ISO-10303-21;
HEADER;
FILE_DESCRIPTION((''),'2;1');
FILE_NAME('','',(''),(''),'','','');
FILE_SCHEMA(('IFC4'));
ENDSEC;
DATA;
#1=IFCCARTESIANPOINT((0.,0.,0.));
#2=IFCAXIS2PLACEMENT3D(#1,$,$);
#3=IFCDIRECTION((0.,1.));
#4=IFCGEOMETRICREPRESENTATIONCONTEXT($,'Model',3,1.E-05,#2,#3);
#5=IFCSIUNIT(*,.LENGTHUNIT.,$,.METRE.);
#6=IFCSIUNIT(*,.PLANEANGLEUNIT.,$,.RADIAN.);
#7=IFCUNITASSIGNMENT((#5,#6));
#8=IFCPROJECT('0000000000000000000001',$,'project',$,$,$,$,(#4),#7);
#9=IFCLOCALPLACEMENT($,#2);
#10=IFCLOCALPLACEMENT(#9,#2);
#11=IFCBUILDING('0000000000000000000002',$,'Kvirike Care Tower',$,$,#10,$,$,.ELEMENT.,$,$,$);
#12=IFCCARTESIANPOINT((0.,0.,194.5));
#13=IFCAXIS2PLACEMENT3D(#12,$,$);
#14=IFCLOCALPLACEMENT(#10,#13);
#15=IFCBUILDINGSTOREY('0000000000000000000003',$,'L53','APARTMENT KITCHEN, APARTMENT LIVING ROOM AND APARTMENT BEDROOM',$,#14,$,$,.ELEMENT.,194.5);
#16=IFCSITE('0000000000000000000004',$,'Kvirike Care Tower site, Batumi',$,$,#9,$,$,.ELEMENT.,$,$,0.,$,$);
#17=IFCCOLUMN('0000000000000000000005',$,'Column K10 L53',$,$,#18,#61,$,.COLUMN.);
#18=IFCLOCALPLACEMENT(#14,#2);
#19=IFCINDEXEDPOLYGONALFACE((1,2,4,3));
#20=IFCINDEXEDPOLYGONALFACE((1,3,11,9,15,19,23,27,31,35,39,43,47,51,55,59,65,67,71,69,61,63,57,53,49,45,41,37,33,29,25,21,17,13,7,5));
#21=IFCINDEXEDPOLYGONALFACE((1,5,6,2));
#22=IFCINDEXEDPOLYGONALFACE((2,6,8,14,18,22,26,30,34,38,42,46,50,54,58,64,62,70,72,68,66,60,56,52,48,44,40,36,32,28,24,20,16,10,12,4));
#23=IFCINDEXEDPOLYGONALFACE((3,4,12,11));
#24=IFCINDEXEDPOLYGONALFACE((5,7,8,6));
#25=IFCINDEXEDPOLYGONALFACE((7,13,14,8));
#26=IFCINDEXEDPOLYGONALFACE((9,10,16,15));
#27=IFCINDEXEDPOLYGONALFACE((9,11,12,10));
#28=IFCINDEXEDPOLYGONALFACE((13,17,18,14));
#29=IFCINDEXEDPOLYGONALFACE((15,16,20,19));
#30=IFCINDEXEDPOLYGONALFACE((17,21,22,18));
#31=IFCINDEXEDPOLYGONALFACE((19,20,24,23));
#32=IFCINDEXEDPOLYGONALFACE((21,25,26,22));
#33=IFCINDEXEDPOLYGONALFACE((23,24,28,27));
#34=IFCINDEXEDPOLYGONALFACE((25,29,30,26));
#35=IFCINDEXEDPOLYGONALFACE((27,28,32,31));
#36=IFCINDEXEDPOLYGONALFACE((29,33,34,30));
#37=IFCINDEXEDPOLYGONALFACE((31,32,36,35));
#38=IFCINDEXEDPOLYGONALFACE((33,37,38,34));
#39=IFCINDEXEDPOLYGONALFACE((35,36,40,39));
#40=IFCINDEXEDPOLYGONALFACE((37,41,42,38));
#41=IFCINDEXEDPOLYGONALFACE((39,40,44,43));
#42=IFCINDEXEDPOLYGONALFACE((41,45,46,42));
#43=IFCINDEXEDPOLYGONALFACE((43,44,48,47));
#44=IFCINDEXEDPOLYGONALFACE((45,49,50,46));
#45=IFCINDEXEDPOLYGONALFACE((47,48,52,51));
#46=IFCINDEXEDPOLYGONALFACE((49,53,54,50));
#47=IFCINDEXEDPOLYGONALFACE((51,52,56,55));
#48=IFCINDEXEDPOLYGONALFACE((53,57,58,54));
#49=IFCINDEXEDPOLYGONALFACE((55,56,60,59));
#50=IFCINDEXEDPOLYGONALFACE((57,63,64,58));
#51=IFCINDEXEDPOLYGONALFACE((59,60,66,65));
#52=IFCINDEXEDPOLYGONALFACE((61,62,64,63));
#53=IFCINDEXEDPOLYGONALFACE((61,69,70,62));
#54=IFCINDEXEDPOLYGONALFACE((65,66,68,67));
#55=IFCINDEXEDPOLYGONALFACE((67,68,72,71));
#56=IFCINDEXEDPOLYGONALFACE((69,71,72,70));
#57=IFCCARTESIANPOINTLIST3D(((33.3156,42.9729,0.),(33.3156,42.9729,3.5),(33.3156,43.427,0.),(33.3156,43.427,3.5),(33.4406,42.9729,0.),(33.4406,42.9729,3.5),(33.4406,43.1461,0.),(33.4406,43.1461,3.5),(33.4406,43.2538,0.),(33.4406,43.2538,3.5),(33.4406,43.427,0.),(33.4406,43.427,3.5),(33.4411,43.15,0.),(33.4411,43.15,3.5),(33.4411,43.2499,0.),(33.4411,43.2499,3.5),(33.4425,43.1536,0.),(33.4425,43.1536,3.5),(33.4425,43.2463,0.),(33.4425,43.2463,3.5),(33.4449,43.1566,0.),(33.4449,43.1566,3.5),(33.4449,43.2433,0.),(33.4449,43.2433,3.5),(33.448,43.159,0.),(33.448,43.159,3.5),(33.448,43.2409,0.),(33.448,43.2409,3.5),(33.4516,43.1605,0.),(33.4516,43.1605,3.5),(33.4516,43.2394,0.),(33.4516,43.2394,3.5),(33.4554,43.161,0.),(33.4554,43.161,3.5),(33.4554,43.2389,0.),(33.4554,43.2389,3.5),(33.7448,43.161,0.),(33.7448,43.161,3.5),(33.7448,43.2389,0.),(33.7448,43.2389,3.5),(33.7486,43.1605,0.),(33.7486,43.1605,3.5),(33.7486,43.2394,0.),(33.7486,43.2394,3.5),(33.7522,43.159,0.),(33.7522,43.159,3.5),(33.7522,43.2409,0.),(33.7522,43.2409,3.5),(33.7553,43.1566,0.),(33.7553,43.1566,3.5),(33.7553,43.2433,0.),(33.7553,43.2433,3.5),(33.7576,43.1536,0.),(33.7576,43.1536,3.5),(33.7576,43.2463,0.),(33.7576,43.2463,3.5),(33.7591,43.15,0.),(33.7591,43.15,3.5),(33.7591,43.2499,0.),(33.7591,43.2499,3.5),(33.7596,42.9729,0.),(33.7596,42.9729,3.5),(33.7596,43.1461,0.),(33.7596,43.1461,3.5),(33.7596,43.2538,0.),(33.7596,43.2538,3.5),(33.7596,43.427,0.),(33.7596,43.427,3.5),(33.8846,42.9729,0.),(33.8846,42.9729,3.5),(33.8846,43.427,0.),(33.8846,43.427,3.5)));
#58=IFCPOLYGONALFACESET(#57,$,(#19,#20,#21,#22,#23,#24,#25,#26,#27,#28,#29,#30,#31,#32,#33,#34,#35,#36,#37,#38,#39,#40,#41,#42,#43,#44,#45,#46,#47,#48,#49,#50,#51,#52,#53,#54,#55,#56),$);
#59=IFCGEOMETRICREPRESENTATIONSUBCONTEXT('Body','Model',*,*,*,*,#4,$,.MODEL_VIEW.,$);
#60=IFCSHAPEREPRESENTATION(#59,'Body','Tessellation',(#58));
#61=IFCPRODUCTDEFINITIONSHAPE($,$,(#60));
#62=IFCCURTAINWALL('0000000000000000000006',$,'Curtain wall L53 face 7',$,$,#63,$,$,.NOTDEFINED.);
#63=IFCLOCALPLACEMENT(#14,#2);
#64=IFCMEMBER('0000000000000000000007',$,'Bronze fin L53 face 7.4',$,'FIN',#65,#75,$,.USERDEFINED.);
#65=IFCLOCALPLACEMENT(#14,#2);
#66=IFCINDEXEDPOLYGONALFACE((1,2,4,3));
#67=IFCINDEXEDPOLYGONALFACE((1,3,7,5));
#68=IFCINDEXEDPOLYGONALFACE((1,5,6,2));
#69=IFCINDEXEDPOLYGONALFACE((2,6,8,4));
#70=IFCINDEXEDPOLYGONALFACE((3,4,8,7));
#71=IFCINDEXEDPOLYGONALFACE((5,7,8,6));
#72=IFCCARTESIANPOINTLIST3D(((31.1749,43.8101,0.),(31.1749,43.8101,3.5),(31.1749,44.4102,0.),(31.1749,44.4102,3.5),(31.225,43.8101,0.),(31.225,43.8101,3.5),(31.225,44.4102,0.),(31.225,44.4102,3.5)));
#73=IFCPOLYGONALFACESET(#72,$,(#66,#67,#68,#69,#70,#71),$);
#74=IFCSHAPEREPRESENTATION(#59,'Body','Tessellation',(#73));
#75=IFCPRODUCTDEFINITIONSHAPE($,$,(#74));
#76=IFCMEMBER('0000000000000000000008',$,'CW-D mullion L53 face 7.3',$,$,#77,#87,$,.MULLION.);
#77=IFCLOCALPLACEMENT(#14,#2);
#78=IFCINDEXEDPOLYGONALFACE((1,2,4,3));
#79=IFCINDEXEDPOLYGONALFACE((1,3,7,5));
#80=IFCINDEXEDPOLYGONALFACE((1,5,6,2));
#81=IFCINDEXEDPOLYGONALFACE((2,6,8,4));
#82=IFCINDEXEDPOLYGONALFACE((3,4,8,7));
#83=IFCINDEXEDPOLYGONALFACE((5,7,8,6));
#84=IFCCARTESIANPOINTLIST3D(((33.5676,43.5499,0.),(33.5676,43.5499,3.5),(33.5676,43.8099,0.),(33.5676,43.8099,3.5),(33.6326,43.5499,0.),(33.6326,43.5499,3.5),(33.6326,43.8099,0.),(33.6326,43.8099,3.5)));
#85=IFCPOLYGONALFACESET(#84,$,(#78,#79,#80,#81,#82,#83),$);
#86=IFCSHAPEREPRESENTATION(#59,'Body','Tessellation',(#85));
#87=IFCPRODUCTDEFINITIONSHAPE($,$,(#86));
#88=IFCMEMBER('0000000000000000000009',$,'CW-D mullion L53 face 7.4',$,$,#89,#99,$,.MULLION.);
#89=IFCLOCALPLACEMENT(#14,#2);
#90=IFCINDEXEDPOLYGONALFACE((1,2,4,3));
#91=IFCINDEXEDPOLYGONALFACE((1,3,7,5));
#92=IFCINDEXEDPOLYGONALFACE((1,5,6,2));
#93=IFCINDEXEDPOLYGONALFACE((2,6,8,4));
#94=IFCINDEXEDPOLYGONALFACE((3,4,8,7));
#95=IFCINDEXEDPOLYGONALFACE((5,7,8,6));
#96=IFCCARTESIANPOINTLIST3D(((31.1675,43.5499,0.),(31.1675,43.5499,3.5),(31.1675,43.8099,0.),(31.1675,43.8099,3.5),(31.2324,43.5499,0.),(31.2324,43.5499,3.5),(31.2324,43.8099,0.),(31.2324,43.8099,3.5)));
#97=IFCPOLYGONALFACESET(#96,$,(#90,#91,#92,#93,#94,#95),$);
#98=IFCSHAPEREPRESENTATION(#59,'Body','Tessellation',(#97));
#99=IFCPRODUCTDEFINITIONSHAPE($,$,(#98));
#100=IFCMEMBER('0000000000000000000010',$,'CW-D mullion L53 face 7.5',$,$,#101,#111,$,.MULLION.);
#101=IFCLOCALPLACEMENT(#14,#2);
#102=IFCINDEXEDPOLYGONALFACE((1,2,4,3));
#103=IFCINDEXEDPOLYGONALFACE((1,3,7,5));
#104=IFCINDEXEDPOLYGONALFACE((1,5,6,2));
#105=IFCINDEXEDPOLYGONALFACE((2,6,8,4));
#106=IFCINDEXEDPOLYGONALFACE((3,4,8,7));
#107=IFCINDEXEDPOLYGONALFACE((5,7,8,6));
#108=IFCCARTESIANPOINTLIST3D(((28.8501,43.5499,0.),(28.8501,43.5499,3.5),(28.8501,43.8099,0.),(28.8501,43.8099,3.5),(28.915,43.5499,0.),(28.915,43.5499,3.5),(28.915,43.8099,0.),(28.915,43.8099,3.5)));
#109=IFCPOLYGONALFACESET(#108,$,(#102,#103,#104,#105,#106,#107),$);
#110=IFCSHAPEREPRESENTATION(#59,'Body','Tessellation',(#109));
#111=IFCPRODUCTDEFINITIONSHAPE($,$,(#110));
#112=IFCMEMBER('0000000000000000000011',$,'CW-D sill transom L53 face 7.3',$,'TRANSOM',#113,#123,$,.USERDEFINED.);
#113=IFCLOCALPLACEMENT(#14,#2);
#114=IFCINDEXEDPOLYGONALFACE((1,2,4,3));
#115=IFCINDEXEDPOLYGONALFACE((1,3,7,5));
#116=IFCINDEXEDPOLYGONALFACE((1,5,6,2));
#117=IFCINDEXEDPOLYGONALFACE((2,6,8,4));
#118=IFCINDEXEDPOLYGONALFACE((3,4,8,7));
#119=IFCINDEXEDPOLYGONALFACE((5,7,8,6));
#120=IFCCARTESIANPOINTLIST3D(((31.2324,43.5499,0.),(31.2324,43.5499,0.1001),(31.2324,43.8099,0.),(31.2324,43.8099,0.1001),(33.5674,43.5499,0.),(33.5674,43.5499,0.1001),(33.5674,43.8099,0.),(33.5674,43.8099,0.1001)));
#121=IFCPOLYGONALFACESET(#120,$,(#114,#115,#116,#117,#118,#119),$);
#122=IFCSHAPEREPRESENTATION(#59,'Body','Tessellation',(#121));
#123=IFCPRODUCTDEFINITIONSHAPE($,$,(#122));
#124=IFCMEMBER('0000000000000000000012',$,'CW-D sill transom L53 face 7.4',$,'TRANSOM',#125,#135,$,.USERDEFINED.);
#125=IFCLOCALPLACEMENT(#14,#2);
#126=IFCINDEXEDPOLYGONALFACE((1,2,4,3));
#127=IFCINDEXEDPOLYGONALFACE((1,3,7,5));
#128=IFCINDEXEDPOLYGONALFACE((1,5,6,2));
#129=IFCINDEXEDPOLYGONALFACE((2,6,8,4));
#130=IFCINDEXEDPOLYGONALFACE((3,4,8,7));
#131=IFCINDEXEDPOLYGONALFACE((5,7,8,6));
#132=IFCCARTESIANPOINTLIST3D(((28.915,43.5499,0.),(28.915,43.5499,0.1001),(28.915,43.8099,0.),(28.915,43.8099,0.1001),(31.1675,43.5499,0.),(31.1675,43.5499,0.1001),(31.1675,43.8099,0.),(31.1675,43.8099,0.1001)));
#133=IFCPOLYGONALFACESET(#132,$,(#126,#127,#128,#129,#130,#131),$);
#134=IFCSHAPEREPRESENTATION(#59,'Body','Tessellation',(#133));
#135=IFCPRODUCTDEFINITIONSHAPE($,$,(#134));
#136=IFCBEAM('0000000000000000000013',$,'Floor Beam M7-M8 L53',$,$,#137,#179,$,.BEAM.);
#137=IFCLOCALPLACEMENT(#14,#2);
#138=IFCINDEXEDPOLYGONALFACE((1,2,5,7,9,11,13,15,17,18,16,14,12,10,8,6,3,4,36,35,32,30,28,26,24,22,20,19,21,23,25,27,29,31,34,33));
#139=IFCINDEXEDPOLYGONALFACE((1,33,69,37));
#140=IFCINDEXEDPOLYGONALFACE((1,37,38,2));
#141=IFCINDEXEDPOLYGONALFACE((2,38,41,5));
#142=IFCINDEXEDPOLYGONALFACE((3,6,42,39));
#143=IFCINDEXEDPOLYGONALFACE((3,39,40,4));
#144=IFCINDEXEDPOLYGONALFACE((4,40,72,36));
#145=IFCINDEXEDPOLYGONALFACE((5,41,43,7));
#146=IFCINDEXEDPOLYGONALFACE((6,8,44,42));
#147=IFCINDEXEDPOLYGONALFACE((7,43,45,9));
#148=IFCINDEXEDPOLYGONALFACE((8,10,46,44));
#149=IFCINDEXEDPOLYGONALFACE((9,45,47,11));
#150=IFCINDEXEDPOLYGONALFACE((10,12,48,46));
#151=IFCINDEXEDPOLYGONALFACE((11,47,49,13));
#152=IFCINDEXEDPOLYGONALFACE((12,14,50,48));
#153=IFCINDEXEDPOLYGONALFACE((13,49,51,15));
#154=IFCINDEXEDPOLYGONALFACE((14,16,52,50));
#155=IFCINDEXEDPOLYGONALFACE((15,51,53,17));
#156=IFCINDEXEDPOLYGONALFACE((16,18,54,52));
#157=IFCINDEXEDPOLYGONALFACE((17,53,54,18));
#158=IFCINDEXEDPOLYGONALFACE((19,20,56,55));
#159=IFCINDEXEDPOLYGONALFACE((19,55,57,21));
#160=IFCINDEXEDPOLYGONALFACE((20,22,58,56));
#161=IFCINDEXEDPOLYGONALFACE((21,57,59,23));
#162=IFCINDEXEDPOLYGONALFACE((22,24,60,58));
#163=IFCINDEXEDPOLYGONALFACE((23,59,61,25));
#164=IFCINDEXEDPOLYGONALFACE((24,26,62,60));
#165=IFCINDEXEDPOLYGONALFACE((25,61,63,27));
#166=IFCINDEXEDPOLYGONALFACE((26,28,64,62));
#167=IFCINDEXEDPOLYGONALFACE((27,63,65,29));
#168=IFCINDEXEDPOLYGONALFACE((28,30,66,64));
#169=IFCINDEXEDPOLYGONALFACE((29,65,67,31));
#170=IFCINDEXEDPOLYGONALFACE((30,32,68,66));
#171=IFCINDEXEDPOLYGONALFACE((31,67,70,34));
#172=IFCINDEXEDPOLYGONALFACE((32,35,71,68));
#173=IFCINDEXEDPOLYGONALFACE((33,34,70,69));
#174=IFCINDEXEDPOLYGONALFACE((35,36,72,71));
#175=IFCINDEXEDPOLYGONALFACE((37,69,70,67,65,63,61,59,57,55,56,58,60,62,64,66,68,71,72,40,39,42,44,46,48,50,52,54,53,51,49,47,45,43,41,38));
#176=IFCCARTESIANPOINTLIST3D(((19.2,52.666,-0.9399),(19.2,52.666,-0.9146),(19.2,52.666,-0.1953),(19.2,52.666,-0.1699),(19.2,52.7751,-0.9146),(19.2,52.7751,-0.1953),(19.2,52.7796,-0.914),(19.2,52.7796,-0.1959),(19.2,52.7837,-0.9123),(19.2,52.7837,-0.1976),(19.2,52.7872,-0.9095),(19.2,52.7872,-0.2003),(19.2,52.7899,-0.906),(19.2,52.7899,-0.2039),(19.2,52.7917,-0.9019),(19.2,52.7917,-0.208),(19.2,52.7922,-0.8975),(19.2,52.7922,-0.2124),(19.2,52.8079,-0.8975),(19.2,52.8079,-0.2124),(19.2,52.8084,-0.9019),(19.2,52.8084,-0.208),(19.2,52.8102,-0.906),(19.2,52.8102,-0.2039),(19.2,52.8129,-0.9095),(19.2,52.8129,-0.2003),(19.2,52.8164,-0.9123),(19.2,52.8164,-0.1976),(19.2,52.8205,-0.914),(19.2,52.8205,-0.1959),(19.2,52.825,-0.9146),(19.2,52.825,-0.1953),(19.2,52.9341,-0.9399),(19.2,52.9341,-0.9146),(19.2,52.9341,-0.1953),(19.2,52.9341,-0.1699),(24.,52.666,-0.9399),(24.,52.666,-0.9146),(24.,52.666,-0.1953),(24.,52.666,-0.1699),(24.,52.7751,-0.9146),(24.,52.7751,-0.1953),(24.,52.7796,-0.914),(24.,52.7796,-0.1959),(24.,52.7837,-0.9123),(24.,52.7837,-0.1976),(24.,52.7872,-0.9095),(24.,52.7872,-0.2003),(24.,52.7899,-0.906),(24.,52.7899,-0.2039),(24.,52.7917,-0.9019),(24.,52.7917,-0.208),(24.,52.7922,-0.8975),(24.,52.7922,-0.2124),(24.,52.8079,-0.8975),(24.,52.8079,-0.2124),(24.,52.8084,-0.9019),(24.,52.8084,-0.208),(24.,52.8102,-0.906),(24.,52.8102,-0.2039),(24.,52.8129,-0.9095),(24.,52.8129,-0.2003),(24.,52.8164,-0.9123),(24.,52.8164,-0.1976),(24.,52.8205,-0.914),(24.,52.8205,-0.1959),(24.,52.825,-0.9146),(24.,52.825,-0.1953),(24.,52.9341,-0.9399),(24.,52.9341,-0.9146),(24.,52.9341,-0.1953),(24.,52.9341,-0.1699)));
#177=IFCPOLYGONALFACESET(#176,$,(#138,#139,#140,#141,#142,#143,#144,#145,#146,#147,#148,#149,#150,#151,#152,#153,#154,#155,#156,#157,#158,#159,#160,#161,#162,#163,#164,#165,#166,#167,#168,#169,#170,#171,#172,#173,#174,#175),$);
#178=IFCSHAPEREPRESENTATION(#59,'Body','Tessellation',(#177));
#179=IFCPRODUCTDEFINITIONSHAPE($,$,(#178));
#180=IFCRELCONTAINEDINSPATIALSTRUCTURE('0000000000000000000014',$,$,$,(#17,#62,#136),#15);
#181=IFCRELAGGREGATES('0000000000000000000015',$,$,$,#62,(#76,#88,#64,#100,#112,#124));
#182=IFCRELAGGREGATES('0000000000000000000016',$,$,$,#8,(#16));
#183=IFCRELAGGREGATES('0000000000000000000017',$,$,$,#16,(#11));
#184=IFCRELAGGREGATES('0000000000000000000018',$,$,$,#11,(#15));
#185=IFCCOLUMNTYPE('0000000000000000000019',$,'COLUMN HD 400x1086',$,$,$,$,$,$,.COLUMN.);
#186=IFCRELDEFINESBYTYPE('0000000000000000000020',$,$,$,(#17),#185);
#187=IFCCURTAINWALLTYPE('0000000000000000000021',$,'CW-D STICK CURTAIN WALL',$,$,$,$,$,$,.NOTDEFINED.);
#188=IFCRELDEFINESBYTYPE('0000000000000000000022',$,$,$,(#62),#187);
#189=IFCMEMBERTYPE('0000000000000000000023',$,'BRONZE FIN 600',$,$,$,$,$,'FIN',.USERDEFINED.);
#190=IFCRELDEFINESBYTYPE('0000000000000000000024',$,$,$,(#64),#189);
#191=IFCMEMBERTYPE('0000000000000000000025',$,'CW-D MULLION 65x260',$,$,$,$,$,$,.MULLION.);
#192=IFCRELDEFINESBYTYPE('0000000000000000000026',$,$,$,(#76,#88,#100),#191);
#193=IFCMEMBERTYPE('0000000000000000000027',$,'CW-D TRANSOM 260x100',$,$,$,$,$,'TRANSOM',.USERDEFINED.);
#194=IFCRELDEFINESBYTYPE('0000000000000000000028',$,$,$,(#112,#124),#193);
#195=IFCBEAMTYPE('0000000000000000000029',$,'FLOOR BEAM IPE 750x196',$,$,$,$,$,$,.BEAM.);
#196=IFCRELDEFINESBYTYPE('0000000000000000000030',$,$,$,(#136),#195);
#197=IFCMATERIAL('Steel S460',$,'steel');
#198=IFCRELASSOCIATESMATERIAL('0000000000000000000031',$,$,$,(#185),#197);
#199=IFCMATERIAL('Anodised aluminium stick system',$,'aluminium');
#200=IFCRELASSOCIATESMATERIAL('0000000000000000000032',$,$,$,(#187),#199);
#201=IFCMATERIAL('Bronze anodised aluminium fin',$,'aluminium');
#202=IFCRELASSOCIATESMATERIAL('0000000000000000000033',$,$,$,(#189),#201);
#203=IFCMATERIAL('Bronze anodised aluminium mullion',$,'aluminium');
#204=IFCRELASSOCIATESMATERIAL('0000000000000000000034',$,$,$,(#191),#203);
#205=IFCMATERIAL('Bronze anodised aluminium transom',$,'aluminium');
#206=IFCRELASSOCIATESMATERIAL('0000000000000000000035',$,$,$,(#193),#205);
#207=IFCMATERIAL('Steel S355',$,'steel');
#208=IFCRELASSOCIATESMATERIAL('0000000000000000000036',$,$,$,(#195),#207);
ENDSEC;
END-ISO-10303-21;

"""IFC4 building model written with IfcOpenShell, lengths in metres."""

from ifc_helpers import new_model, si_unit, direction, frame, origin, origin_2d, place, context, subcontext, project, spatial, rectangle, i_section, extrude, material, material_profile, profile_set, type_object, element, aggregate, save


model = new_model("IFC4")

# Units and contexts
model_context = context("Model", 3, precision=1e-05, world=origin(), true_north=direction((0.0, 1.0)))
body_context = subcontext(model_context, "Body", "Model", "MODEL_VIEW")
ifc_project = project(units=[si_unit("LENGTHUNIT", "METRE"), si_unit("PLANEANGLEUNIT", "RADIAN")], contexts=[model_context])

# Site, building, storey
site_placement = place(None, origin())
site = spatial("IfcSite", under=ifc_project, at=site_placement, Name="Kvirike Care Tower site, Batumi", CompositionType="ELEMENT", RefElevation=0.0)
building_placement = place(site_placement, origin())
building = spatial("IfcBuilding", under=site, at=building_placement, Name="Kvirike Care Tower", CompositionType="ELEMENT")
storey_placement = place(building_placement, frame((0.0, 0.0, 194.5)))
storey = spatial("IfcBuildingStorey", under=building, at=storey_placement, Name="L53", Description="APARTMENT KITCHEN, APARTMENT LIVING ROOM AND APARTMENT BEDROOM", CompositionType="ELEMENT", Elevation=194.5)

# Column
ifc_material_1 = material(Name="Steel S460", Category="steel")
ifc_material_profile_1 = material_profile(ifc_material_1, i_section(OverallWidth=0.4541, OverallDepth=0.5691, WebThickness=0.0779, FlangeThickness=0.125, FilletRadius=0.0149, at=origin_2d()), Name="HD 400x1086")
ifc_profile_set_1 = profile_set([ifc_material_profile_1], Name="Steel S460")
column_type = type_object("IfcColumnType", Name="COLUMN HD 400x1086", PredefinedType="COLUMN", material=ifc_profile_set_1)
column_placement = place(storey_placement, frame((33.6001, 43.2, 0.0), z_axis=(0.0, 0.0, 1.0), x_axis=(0.0, 1.0, 0.0)))
element("IfcColumn", 1, at=column_placement, inside=storey, type_object=column_type, Name="Column K10 L53", PredefinedType="COLUMN", context=body_context, shape_type="SweptSolid", body=[
    extrude(i_section(OverallWidth=0.4541, OverallDepth=0.5691, WebThickness=0.0779, FlangeThickness=0.125, FilletRadius=0.0149, at=origin_2d()), origin(), (0.0, 0.0, 1.0), 3.5),
])

# Curtain wall, members
ifc_material_2 = material(Name="Anodised aluminium stick system", Category="aluminium")
curtain_wall_type = type_object("IfcCurtainWallType", Name="CW-D STICK CURTAIN WALL", PredefinedType="NOTDEFINED", material=ifc_material_2)
curtain_wall_placement = place(storey_placement, origin())
curtain_wall = element("IfcCurtainWall", 2, at=curtain_wall_placement, inside=storey, type_object=curtain_wall_type, Name="Curtain wall L53 face 7", PredefinedType="NOTDEFINED")
ifc_material_3 = material(Name="Bronze anodised aluminium fin", Category="aluminium")
ifc_material_profile_2 = material_profile(ifc_material_3, rectangle(XDim=0.05, YDim=0.6001, at=origin_2d()), Name="BRONZE FIN 600")
ifc_profile_set_2 = profile_set([ifc_material_profile_2], Name="Bronze anodised aluminium fin")
member_type_1 = type_object("IfcMemberType", Name="BRONZE FIN 600", ElementType="FIN", PredefinedType="USERDEFINED", material=ifc_profile_set_2)
member_1_placement = place(storey_placement, frame((31.2, 44.1101, 0.0), z_axis=(0.0, 0.0, 1.0), x_axis=(-1.0, 0.0, 0.0)))
member_1 = element("IfcMember", 3, at=member_1_placement, type_object=member_type_1, Name="Bronze fin L53 face 7.4", ObjectType="FIN", PredefinedType="USERDEFINED", context=body_context, shape_type="SweptSolid", body=[
    extrude(rectangle(XDim=0.05, YDim=0.6001, at=origin_2d()), origin(), (0.0, 0.0, 1.0), 3.5),
])
ifc_material_4 = material(Name="Bronze anodised aluminium mullion", Category="aluminium")
ifc_material_profile_3 = material_profile(ifc_material_4, rectangle(XDim=0.0649, YDim=0.26, at=origin_2d()), Name="CW-D MULLION 65x260")
ifc_profile_set_3 = profile_set([ifc_material_profile_3], Name="Bronze anodised aluminium mullion")
member_type_2 = type_object("IfcMemberType", Name="CW-D MULLION 65x260", PredefinedType="MULLION", material=ifc_profile_set_3)
member_2_placement = place(storey_placement, frame((33.6001, 43.6799, 0.0), z_axis=(0.0, 0.0, 1.0), x_axis=(-1.0, 0.0, 0.0)))
member_2 = element("IfcMember", 4, at=member_2_placement, type_object=member_type_2, Name="CW-D mullion L53 face 7.3", PredefinedType="MULLION", context=body_context, shape_type="SweptSolid", body=[
    extrude(rectangle(XDim=0.0649, YDim=0.26, at=origin_2d()), origin(), (0.0, 0.0, 1.0), 3.5),
])
member_3_placement = place(storey_placement, frame((31.2, 43.6799, 0.0), z_axis=(0.0, 0.0, 1.0), x_axis=(-1.0, 0.0, 0.0)))
member_3 = element("IfcMember", 5, at=member_3_placement, type_object=member_type_2, Name="CW-D mullion L53 face 7.4", PredefinedType="MULLION", context=body_context, shape_type="SweptSolid", body=[
    extrude(rectangle(XDim=0.0649, YDim=0.26, at=origin_2d()), origin(), (0.0, 0.0, 1.0), 3.5),
])
member_4_placement = place(storey_placement, frame((28.8826, 43.6799, 0.0), z_axis=(0.0, 0.0, 1.0), x_axis=(-1.0, 0.0, 0.0)))
member_4 = element("IfcMember", 6, at=member_4_placement, type_object=member_type_2, Name="CW-D mullion L53 face 7.5", PredefinedType="MULLION", context=body_context, shape_type="SweptSolid", body=[
    extrude(rectangle(XDim=0.0649, YDim=0.26, at=origin_2d()), origin(), (0.0, 0.0, 1.0), 3.5),
])
ifc_material_5 = material(Name="Bronze anodised aluminium transom", Category="aluminium")
ifc_material_profile_4 = material_profile(ifc_material_5, rectangle(XDim=0.26, YDim=0.1001, at=origin_2d()), Name="CW-D TRANSOM 260x100")
ifc_profile_set_4 = profile_set([ifc_material_profile_4], Name="Bronze anodised aluminium transom")
member_type_3 = type_object("IfcMemberType", Name="CW-D TRANSOM 260x100", ElementType="TRANSOM", PredefinedType="USERDEFINED", material=ifc_profile_set_4)
member_5_placement = place(storey_placement, frame((33.5674, 43.6799, 0.05), z_axis=(-1.0, 0.0, 0.0), x_axis=(0.0, -1.0, 0.0)))
member_5 = element("IfcMember", 7, at=member_5_placement, type_object=member_type_3, Name="CW-D sill transom L53 face 7.3", ObjectType="TRANSOM", PredefinedType="USERDEFINED", context=body_context, shape_type="SweptSolid", body=[
    extrude(rectangle(XDim=0.26, YDim=0.1001, at=origin_2d()), origin(), (0.0, 0.0, 1.0), 2.335),
])
member_6_placement = place(storey_placement, frame((31.1675, 43.6799, 0.05), z_axis=(-1.0, 0.0, 0.0), x_axis=(0.0, -1.0, 0.0)))
member_6 = element("IfcMember", 8, at=member_6_placement, type_object=member_type_3, Name="CW-D sill transom L53 face 7.4", ObjectType="TRANSOM", PredefinedType="USERDEFINED", context=body_context, shape_type="SweptSolid", body=[
    extrude(rectangle(XDim=0.26, YDim=0.1001, at=origin_2d()), origin(), (0.0, 0.0, 1.0), 2.2524),
])

# Beam
ifc_material_6 = material(Name="Steel S355", Category="steel")
ifc_material_profile_5 = material_profile(ifc_material_6, i_section(OverallWidth=0.2681, OverallDepth=0.77, WebThickness=0.0156, FlangeThickness=0.0254, FilletRadius=0.0171, at=origin_2d()), Name="IPE 750x196")
ifc_profile_set_5 = profile_set([ifc_material_profile_5], Name="Steel S355")
beam_type_1 = type_object("IfcBeamType", Name="FLOOR BEAM IPE 750x196", PredefinedType="BEAM", material=ifc_profile_set_5)
beam_1_placement = place(storey_placement, frame((19.2, 52.8, -0.5549), z_axis=(1.0, 0.0, 0.0), x_axis=(0.0, 1.0, 0.0)))
element("IfcBeam", 9, at=beam_1_placement, inside=storey, type_object=beam_type_1, Name="Floor Beam M7-M8 L53", PredefinedType="BEAM", context=body_context, shape_type="SweptSolid", body=[
    extrude(i_section(OverallWidth=0.2681, OverallDepth=0.77, WebThickness=0.0156, FlangeThickness=0.0254, FilletRadius=0.0171, at=origin_2d()), origin(), (0.0, 0.0, 1.0), 4.8),
])

aggregate(curtain_wall, [member_2, member_3, member_1, member_4, member_5, member_6])

save(model, "model.ifc")
